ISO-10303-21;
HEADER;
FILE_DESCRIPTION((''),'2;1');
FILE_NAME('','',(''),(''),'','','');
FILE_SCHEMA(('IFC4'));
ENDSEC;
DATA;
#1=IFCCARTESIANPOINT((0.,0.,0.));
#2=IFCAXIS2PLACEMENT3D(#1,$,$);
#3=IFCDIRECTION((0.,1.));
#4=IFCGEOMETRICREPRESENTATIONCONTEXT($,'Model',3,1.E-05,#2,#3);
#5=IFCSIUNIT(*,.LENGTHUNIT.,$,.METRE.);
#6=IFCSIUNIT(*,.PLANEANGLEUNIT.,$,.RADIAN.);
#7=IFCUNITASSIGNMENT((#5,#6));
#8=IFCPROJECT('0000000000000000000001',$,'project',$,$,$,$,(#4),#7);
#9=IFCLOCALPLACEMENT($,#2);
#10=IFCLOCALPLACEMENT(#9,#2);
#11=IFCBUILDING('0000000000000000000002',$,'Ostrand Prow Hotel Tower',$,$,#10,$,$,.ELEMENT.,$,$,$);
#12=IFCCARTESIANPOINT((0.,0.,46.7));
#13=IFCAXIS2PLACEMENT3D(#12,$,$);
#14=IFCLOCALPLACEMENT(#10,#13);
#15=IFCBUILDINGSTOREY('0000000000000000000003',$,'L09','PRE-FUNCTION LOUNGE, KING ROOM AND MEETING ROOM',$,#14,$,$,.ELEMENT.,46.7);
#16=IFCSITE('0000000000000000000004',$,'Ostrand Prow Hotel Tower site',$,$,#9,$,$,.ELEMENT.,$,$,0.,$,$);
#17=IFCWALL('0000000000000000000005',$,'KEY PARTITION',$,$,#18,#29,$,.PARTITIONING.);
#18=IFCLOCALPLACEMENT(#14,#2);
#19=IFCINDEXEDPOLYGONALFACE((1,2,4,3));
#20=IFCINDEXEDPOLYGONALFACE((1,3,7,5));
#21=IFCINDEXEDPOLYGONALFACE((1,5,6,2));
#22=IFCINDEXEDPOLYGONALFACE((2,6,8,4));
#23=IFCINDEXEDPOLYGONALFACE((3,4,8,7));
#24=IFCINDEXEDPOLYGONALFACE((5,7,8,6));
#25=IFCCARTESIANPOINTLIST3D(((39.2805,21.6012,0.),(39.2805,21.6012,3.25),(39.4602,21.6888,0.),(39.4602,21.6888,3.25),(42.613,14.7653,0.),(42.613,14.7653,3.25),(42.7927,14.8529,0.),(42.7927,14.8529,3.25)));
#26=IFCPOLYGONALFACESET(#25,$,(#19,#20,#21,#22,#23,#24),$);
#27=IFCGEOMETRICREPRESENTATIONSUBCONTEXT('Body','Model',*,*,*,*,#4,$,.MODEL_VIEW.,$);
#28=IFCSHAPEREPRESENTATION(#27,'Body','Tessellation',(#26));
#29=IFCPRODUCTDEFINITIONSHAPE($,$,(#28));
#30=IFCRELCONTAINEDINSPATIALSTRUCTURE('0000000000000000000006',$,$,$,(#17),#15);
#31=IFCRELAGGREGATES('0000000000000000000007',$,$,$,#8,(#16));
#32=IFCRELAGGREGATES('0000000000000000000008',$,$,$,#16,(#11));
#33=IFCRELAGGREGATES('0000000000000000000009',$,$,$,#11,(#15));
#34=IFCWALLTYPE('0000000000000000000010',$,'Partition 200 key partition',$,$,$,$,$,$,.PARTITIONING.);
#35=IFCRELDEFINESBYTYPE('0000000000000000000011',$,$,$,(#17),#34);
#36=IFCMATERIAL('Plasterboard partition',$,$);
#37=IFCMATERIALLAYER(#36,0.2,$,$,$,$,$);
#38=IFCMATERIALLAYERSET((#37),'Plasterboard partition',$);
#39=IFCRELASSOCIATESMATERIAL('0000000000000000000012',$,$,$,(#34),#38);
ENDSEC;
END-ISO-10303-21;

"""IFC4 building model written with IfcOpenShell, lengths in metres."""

from ifc_helpers import new_model, si_unit, direction, frame, frame_2d, origin, place, context, subcontext, project, spatial, rectangle, extrude, material, layer, layer_set, type_object, element, save


model = new_model("IFC4")

# Units and contexts
model_context = context("Model", 3, precision=1e-05, world=origin(), true_north=direction((0.0, 1.0)))
body_context = subcontext(model_context, "Body", "Model", "MODEL_VIEW")
ifc_project = project(units=[si_unit("LENGTHUNIT", "METRE"), si_unit("PLANEANGLEUNIT", "RADIAN")], contexts=[model_context])

# Site, building, storey
site_placement = place(None, origin())
site = spatial("IfcSite", under=ifc_project, at=site_placement, Name="Ostrand Prow Hotel Tower site", CompositionType="ELEMENT", RefElevation=0.0)
building_placement = place(site_placement, origin())
building = spatial("IfcBuilding", under=site, at=building_placement, Name="Ostrand Prow Hotel Tower", CompositionType="ELEMENT")
storey_placement = place(building_placement, frame((0.0, 0.0, 46.7)))
storey = spatial("IfcBuildingStorey", under=building, at=storey_placement, Name="L09", Description="PRE-FUNCTION LOUNGE, KING ROOM AND MEETING ROOM", CompositionType="ELEMENT", Elevation=46.7)

# Wall
ifc_material_1 = material(Name="Plasterboard partition")
ifc_layer_1 = layer(ifc_material_1, 0.2)
ifc_layer_set_1 = layer_set([ifc_layer_1], Name="Plasterboard partition")
wall_type_1 = type_object("IfcWallType", Name="Partition 200 key partition", PredefinedType="PARTITIONING", material=ifc_layer_set_1)
wall_1_placement = place(storey_placement, frame((42.7029, 14.8091, 0.0), z_axis=(0.0, 0.0, 1.0), x_axis=(-0.438202, 0.898876, 0.0)))
element("IfcWall", 1, at=wall_1_placement, inside=storey, type_object=wall_type_1, Name="KEY PARTITION", PredefinedType="PARTITIONING", context=body_context, shape_type="SweptSolid", body=[
    extrude(rectangle(XDim=7.605, YDim=0.2, at=frame_2d((3.8025, 0.0))), origin(), (0.0, 0.0, 1.0), 3.25),
])

save(model, "model.ifc")
